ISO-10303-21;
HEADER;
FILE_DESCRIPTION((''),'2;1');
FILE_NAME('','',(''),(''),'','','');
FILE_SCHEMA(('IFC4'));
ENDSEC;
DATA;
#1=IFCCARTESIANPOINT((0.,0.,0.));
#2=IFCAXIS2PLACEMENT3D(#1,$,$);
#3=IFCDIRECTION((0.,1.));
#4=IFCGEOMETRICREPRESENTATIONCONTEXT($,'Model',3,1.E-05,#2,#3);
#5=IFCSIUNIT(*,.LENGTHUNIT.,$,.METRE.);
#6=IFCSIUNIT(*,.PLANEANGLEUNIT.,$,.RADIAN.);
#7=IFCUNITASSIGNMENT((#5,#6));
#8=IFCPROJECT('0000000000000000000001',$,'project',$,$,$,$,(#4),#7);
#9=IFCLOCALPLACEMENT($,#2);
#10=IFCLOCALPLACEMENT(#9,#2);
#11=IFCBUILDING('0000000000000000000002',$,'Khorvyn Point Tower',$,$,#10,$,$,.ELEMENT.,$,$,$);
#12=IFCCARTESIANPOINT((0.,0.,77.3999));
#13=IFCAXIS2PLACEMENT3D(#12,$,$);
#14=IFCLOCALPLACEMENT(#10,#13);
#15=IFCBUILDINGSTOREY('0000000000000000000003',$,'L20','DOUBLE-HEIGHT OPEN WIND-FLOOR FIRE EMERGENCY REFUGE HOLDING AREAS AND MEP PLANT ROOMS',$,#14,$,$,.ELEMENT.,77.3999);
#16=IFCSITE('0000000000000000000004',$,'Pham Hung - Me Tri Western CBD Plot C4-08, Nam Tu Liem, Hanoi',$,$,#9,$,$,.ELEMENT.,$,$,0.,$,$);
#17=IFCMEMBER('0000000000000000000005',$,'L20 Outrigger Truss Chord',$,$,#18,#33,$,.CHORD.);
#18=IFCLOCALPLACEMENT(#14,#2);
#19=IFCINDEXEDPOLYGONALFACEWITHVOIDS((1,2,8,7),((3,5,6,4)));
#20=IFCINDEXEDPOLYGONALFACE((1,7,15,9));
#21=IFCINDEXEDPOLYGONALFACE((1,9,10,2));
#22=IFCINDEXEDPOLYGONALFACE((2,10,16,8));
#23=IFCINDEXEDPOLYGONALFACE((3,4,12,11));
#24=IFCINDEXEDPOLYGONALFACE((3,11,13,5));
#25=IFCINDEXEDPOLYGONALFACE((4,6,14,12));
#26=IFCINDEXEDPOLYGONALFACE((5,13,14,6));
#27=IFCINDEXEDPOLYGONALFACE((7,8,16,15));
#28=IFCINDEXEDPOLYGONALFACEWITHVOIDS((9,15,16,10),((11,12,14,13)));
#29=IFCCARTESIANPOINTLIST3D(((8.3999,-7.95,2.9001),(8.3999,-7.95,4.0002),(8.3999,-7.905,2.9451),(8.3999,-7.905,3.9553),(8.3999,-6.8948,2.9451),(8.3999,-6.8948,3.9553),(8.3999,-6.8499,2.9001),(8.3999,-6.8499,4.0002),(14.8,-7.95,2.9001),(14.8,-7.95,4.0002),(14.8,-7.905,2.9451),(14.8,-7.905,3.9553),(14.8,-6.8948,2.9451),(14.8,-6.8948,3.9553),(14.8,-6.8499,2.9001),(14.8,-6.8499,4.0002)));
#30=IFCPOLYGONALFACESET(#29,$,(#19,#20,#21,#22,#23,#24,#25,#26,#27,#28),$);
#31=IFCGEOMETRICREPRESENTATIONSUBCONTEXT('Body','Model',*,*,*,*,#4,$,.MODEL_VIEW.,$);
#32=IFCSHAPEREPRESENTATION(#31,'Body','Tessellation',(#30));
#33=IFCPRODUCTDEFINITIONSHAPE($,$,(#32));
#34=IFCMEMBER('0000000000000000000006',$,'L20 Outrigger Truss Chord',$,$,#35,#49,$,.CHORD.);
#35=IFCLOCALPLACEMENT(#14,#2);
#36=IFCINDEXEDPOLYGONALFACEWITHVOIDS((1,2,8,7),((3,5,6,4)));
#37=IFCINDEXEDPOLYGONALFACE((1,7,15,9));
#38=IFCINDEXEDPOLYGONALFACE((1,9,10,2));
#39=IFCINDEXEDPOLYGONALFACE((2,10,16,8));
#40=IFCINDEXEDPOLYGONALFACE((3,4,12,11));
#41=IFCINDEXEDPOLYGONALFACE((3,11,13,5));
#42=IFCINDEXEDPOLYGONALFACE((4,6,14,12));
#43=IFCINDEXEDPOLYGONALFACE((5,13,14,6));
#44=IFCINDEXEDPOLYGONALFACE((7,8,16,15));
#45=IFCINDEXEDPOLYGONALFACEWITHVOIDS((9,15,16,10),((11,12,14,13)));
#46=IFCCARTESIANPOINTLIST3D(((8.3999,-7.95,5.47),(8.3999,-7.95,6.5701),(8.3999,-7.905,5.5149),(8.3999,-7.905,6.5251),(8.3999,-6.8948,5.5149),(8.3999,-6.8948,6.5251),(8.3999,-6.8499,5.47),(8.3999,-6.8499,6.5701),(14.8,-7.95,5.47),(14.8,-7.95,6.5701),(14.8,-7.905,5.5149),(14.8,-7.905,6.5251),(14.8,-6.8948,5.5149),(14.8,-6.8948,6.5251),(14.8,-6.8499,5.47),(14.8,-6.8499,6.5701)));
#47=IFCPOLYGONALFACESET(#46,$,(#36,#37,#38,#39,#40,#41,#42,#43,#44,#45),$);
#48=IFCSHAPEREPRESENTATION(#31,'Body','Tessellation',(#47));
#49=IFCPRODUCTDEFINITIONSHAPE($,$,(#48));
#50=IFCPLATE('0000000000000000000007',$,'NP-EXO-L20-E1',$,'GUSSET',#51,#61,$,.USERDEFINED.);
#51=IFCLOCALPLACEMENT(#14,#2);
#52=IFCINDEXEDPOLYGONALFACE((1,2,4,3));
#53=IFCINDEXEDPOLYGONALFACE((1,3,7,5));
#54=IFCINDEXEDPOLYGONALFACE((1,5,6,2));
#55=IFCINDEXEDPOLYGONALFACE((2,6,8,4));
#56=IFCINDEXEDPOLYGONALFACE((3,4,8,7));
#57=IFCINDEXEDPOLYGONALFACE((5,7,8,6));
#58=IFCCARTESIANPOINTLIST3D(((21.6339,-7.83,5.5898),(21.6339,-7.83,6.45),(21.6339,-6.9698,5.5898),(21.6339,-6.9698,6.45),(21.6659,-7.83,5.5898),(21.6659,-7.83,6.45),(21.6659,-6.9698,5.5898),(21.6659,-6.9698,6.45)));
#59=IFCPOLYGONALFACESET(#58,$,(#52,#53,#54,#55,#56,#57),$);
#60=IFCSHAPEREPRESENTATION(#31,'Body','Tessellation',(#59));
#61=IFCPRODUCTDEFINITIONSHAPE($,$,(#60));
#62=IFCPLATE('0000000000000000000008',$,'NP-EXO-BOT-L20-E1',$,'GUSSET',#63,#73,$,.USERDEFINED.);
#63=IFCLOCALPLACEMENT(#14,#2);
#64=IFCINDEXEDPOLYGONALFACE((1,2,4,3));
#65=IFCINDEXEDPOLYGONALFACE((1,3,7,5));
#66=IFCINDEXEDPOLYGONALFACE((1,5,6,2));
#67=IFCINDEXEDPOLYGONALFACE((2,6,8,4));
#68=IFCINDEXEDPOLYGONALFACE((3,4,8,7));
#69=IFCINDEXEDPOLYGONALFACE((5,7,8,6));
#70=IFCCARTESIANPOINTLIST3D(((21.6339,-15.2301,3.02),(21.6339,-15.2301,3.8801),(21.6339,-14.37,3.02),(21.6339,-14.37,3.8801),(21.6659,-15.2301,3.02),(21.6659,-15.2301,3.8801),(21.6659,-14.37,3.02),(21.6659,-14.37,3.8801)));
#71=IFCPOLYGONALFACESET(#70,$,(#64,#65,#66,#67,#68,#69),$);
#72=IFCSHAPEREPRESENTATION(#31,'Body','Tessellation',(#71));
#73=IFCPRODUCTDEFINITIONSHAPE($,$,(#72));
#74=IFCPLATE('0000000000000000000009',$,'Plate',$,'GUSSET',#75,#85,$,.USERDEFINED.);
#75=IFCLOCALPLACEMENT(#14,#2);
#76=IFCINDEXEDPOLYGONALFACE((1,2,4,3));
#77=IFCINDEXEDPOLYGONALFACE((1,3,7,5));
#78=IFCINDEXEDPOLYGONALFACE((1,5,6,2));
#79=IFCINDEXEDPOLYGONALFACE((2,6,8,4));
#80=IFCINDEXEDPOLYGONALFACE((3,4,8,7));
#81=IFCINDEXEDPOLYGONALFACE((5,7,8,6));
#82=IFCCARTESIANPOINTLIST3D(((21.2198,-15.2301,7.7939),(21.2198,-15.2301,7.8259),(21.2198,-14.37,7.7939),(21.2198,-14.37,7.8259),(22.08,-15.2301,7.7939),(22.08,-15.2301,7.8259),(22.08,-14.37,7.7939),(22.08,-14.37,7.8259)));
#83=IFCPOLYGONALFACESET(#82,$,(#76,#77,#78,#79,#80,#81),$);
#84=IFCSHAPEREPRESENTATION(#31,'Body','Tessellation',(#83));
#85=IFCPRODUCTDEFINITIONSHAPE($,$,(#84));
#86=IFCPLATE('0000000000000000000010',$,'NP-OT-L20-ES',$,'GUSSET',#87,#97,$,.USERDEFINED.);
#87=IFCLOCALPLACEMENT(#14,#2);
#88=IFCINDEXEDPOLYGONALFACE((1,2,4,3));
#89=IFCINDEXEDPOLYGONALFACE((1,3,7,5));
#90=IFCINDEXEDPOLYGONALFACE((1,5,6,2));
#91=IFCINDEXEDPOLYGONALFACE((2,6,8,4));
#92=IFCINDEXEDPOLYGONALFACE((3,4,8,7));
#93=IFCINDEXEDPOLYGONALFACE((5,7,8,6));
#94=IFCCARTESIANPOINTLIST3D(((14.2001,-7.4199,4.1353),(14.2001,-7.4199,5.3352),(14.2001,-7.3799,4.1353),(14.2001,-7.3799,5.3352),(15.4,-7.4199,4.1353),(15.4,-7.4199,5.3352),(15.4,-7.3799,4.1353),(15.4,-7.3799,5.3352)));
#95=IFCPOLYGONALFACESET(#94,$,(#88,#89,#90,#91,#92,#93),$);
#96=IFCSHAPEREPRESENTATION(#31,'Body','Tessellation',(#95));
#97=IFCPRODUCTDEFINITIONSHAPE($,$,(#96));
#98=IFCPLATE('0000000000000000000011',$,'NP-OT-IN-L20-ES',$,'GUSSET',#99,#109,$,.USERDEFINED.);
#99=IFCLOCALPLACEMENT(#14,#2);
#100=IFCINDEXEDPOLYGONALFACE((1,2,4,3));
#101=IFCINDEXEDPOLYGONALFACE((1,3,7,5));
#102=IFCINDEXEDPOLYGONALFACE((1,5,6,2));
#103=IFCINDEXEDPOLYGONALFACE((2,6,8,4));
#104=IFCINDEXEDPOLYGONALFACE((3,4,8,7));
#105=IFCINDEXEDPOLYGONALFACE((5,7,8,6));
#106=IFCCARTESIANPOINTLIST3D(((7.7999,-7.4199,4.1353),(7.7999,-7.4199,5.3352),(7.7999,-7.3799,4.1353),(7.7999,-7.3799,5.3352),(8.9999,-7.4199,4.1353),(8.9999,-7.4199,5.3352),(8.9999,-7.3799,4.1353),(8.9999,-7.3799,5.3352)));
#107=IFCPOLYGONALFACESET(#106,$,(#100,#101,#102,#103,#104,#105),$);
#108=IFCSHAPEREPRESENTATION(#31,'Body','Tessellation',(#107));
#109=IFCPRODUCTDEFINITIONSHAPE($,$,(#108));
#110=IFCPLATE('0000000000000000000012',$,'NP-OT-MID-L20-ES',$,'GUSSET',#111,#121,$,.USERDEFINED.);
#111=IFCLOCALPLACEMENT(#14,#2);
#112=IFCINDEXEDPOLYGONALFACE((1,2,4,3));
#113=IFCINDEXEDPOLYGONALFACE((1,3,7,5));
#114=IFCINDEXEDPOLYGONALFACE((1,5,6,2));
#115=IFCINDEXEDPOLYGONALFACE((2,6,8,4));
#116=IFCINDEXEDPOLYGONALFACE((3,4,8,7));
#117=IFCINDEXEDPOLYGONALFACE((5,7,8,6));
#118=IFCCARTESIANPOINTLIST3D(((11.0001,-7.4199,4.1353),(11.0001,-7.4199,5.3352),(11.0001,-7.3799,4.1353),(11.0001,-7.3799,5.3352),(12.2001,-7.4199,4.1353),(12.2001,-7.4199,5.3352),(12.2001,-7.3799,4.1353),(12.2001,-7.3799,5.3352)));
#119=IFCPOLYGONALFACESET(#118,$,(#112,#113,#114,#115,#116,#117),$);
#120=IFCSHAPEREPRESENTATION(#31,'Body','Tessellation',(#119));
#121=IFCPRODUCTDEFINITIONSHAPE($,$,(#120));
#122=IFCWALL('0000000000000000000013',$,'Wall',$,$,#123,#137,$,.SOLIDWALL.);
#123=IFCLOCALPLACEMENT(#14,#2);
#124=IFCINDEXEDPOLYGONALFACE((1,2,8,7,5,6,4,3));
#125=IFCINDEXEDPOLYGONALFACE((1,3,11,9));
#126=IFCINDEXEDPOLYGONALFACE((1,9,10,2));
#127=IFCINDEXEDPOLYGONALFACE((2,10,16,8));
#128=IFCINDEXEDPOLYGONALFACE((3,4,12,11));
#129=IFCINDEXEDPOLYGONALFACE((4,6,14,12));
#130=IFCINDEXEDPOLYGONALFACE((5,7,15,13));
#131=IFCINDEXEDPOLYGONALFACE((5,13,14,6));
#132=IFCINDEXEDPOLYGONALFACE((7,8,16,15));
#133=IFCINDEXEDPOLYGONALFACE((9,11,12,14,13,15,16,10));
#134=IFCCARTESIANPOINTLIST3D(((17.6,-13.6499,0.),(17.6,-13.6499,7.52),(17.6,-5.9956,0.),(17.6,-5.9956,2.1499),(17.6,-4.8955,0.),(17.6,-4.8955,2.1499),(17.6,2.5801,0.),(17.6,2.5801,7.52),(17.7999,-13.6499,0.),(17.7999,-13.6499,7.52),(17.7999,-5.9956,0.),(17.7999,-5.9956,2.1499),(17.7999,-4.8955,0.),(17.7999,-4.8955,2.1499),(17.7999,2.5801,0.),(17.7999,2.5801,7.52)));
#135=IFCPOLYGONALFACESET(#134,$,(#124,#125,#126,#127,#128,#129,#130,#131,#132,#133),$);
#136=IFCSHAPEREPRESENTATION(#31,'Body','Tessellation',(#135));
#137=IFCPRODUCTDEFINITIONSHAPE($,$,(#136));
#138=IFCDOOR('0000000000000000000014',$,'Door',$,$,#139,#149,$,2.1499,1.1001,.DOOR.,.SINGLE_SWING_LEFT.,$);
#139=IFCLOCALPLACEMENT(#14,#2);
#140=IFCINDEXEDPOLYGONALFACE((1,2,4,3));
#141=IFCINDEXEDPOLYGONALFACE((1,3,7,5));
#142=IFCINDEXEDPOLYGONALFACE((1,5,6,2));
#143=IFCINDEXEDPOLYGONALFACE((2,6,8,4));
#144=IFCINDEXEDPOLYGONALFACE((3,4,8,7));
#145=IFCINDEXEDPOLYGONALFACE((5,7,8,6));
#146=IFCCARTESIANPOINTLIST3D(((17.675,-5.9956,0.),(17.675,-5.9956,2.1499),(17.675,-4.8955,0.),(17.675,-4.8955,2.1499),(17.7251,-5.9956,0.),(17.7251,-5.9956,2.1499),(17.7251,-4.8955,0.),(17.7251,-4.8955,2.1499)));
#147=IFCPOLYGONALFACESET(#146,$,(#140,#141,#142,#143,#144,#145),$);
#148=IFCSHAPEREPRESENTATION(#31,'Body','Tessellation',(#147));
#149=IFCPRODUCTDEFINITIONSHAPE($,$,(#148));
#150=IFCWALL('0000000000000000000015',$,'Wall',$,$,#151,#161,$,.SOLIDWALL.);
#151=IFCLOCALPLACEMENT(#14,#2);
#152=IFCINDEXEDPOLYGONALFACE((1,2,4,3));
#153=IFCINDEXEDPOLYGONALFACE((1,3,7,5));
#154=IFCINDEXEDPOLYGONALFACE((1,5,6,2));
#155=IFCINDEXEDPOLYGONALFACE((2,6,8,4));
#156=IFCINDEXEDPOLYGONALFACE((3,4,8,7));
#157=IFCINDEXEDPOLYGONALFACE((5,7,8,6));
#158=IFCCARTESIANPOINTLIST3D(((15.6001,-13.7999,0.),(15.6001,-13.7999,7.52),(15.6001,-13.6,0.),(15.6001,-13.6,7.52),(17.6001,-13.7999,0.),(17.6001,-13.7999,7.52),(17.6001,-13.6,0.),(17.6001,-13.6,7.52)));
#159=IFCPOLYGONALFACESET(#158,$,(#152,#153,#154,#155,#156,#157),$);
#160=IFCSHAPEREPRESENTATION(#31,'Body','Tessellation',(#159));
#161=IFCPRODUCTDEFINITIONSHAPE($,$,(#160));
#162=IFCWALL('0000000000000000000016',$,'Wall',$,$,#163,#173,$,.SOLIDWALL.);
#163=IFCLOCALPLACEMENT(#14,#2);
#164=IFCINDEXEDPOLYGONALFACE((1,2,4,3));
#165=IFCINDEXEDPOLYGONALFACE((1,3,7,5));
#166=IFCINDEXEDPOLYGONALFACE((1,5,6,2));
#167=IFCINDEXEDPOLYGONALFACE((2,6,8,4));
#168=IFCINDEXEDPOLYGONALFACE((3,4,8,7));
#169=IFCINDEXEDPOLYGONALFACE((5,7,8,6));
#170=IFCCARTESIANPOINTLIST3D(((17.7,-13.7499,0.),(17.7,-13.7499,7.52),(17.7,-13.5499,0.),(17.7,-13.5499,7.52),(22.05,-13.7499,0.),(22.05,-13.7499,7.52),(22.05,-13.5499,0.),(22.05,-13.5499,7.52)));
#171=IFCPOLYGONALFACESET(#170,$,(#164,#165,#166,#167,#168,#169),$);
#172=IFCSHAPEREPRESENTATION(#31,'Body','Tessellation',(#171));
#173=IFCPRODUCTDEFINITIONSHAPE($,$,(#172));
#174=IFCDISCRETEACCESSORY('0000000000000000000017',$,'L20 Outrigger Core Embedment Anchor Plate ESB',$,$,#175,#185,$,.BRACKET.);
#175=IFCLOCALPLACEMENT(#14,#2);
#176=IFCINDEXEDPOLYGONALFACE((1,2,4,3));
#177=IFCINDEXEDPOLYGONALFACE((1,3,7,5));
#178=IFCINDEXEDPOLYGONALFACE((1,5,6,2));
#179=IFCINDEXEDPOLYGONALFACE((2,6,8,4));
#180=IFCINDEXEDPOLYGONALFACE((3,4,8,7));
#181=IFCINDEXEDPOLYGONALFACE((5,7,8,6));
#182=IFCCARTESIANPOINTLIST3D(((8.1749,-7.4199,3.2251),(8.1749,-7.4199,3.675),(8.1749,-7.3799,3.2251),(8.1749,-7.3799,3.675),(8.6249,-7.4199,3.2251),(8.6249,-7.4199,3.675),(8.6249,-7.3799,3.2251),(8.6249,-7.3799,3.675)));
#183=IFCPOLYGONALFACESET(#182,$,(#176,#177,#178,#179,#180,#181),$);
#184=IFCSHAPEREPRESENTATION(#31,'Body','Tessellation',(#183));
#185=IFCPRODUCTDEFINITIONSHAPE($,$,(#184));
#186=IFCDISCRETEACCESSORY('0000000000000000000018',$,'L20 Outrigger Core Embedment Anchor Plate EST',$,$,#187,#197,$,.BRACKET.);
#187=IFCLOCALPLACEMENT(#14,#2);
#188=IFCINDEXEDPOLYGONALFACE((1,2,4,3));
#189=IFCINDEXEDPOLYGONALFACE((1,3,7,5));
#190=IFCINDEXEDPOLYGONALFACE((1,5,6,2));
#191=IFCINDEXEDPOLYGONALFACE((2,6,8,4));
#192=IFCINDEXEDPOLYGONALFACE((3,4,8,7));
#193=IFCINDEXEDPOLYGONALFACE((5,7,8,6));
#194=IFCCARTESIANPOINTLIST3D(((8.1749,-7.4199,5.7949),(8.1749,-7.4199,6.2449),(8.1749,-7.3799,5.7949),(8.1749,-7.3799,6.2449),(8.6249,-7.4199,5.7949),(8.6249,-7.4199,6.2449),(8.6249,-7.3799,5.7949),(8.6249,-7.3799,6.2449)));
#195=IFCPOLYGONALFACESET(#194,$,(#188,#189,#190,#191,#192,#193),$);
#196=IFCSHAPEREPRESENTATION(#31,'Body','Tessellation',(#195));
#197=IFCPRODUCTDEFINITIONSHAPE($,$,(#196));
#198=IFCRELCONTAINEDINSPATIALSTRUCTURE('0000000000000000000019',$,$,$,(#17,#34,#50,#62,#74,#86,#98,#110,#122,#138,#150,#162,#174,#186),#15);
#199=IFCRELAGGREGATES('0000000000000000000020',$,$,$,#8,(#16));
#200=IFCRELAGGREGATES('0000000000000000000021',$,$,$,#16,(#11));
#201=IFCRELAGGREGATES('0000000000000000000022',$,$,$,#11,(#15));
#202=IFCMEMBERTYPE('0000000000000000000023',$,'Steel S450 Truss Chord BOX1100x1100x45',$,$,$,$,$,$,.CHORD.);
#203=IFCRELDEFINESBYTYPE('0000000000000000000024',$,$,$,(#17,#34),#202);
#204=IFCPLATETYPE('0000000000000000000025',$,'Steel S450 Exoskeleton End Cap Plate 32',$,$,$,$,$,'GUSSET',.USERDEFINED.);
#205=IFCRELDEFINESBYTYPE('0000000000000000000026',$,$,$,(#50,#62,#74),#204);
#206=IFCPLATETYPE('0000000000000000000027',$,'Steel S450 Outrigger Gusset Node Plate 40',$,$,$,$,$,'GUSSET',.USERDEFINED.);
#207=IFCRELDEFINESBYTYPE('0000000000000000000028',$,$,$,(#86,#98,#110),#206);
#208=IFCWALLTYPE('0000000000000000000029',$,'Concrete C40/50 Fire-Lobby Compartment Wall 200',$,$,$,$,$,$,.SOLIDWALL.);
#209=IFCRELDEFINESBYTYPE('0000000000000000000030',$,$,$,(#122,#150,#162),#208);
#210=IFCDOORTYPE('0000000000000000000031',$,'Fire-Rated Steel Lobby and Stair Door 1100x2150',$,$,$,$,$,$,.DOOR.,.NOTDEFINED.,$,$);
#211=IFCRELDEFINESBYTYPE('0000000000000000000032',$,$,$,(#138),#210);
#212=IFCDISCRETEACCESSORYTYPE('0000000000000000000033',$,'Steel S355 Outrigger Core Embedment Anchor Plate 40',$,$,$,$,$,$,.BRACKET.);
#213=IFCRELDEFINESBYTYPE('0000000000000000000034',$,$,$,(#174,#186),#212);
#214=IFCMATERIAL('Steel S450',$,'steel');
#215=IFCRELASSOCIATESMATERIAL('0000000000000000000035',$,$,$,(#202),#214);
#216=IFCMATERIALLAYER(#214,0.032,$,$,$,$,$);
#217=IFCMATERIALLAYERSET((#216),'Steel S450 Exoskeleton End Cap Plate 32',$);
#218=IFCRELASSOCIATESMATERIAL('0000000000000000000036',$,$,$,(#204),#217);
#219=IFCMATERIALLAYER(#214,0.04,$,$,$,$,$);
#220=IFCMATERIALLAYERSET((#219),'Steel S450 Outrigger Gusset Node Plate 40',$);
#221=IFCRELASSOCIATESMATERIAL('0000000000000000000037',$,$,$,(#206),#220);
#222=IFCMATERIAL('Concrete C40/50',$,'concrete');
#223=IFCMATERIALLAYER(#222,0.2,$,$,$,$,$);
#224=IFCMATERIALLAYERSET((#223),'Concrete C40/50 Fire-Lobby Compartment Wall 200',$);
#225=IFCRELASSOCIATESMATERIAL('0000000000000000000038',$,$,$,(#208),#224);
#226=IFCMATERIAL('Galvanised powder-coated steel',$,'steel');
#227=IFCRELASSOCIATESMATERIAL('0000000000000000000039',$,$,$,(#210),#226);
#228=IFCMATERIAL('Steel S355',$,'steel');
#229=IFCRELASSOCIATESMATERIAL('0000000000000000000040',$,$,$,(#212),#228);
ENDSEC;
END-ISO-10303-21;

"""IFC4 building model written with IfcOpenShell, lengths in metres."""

from ifc_helpers import new_model, si_unit, direction, frame, frame_2d, origin, origin_2d, place, context, subcontext, project, spatial, rectangle, hollow_rectangle, extrude, material, layer, layer_set, material_profile, profile_set, type_object, element, fill, save


model = new_model("IFC4")

# Units and contexts
model_context = context("Model", 3, precision=1e-05, world=origin(), true_north=direction((0.0, 1.0)))
body_context = subcontext(model_context, "Body", "Model", "MODEL_VIEW")
ifc_project = project(units=[si_unit("LENGTHUNIT", "METRE"), si_unit("PLANEANGLEUNIT", "RADIAN")], contexts=[model_context])

# Site, building, storey
site_placement = place(None, origin())
site = spatial("IfcSite", under=ifc_project, at=site_placement, Name="Pham Hung - Me Tri Western CBD Plot C4-08, Nam Tu Liem, Hanoi", CompositionType="ELEMENT", RefElevation=0.0)
building_placement = place(site_placement, origin())
building = spatial("IfcBuilding", under=site, at=building_placement, Name="Khorvyn Point Tower", CompositionType="ELEMENT")
storey_placement = place(building_placement, frame((0.0, 0.0, 77.3999)))
storey = spatial("IfcBuildingStorey", under=building, at=storey_placement, Name="L20", Description="DOUBLE-HEIGHT OPEN WIND-FLOOR FIRE EMERGENCY REFUGE HOLDING AREAS AND MEP PLANT ROOMS", CompositionType="ELEMENT", Elevation=77.3999)

# Shared definitions
ifc_material_1 = material(Name="Steel S450", Category="steel")

# Shared definitions
ifc_material_2 = material(Name="Steel S355", Category="steel")

# Members
ifc_material_profile_1 = material_profile(ifc_material_1, hollow_rectangle(XDim=1.1001, YDim=1.1001, WallThickness=0.0449, at=origin_2d()))
ifc_profile_set_1 = profile_set([ifc_material_profile_1], Name="Steel S450 BOX1100x1100x45")
member_type_1 = type_object("IfcMemberType", Name="Steel S450 Truss Chord BOX1100x1100x45", PredefinedType="CHORD", material=ifc_profile_set_1)
for number, where, z_axis, x_axis, name in (
    (1, (8.3999, -7.3999, 3.4502), (1.0, 0.0, 0.0), (0.0, 1.0, 0.0), "L20 Outrigger Truss Chord"),
    (2, (8.3999, -7.3999, 6.02), (1.0, 0.0, 0.0), (0.0, 1.0, 0.0), "L20 Outrigger Truss Chord"),
):
    element("IfcMember", number, at=place(storey_placement, frame(where, z_axis=z_axis, x_axis=x_axis)), inside=storey, type_object=member_type_1, Name=name, PredefinedType="CHORD", context=body_context, shape_type="SweptSolid", body=[
        extrude(hollow_rectangle(XDim=1.1001, YDim=1.1001, WallThickness=0.0449, at=origin_2d()), origin(), (0.0, 0.0, 1.0), 6.4001),
    ])

# Plates
ifc_layer_1 = layer(ifc_material_1, 0.032)
ifc_layer_set_1 = layer_set([ifc_layer_1], Name="Steel S450 Exoskeleton End Cap Plate 32")
plate_type_1 = type_object("IfcPlateType", Name="Steel S450 Exoskeleton End Cap Plate 32", ElementType="GUSSET", PredefinedType="USERDEFINED", material=ifc_layer_set_1)
for number, where, z_axis, x_axis, name in (
    (3, (21.6499, -7.3999, 5.5898), (0.0, 0.0, 1.0), (1.0, 0.0, 0.0), "NP-EXO-L20-E1"),
    (4, (21.6499, -14.8, 3.02), (0.0, 0.0, 1.0), (1.0, 0.0, 0.0), "NP-EXO-BOT-L20-E1"),
):
    element("IfcPlate", number, at=place(storey_placement, frame(where, z_axis=z_axis, x_axis=x_axis)), inside=storey, type_object=plate_type_1, Name=name, ObjectType="GUSSET", PredefinedType="USERDEFINED", context=body_context, shape_type="SweptSolid", body=[
        extrude(rectangle(XDim=0.032, YDim=0.8601, at=origin_2d()), origin(), (0.0, 0.0, 1.0), 0.8601),
    ])
plate_placement = place(storey_placement, frame((21.6499, -14.8, 7.7939), z_axis=(0.0, 0.0, 1.0), x_axis=(1.0, 0.0, 0.0)))
element("IfcPlate", 5, at=plate_placement, inside=storey, type_object=plate_type_1, Name="Plate", ObjectType="GUSSET", PredefinedType="USERDEFINED", context=body_context, shape_type="SweptSolid", body=[
    extrude(rectangle(XDim=0.8601, YDim=0.8601, at=origin_2d()), origin(), (0.0, 0.0, 1.0), 0.032),
])
ifc_layer_2 = layer(ifc_material_1, 0.04)
ifc_layer_set_2 = layer_set([ifc_layer_2], Name="Steel S450 Outrigger Gusset Node Plate 40")
plate_type_2 = type_object("IfcPlateType", Name="Steel S450 Outrigger Gusset Node Plate 40", ElementType="GUSSET", PredefinedType="USERDEFINED", material=ifc_layer_set_2)
for number, where, z_axis, x_axis, name in (
    (6, (14.8, -7.3999, 4.1353), (0.0, 0.0, 1.0), (1.0, 0.0, 0.0), "NP-OT-L20-ES"),
    (7, (8.3999, -7.3999, 4.1353), (0.0, 0.0, 1.0), (1.0, 0.0, 0.0), "NP-OT-IN-L20-ES"),
    (8, (11.6001, -7.3999, 4.1353), (0.0, 0.0, 1.0), (1.0, 0.0, 0.0), "NP-OT-MID-L20-ES"),
):
    element("IfcPlate", number, at=place(storey_placement, frame(where, z_axis=z_axis, x_axis=x_axis)), inside=storey, type_object=plate_type_2, Name=name, ObjectType="GUSSET", PredefinedType="USERDEFINED", context=body_context, shape_type="SweptSolid", body=[
        extrude(rectangle(XDim=1.2, YDim=0.04, at=origin_2d()), origin(), (0.0, 0.0, 1.0), 1.2),
    ])

# Wall, opening, door
ifc_material_3 = material(Name="Concrete C40/50", Category="concrete")
ifc_layer_3 = layer(ifc_material_3, 0.2)
ifc_layer_set_3 = layer_set([ifc_layer_3], Name="Concrete C40/50 Fire-Lobby Compartment Wall 200")
wall_type = type_object("IfcWallType", Name="Concrete C40/50 Fire-Lobby Compartment Wall 200", PredefinedType="SOLIDWALL", material=ifc_layer_set_3)
wall_1_placement = place(storey_placement, frame((17.7, -13.6499, 0.0), z_axis=(0.0, 0.0, 1.0), x_axis=(0.0, 1.0, 0.0)))
wall_1 = element("IfcWall", 9, at=wall_1_placement, inside=storey, type_object=wall_type, Name="Wall", PredefinedType="SOLIDWALL", context=body_context, shape_type="SweptSolid", body=[
    extrude(rectangle(XDim=16.23, YDim=0.2, at=frame_2d((8.115, 0.0))), origin(), (0.0, 0.0, 1.0), 7.52),
])
opening_placement = place(wall_1_placement, frame((7.6543, 0.0, 0.0)))
opening = element("IfcOpeningElement", 10, at=opening_placement, cuts=wall_1, PredefinedType="OPENING", context=body_context, shape_type="SweptSolid", body=[
    extrude(rectangle(XDim=1.1001, YDim=2.1499, at=frame_2d((0.55, 1.075))), frame((0.0, 0.1099, 0.0), z_axis=(0.0, -1.0, 0.0), x_axis=(1.0, 0.0, 0.0)), (0.0, 0.0, 1.0), 0.22),
])
ifc_material_4 = material(Name="Galvanised powder-coated steel", Category="steel")
door_type = type_object("IfcDoorType", Name="Fire-Rated Steel Lobby and Stair Door 1100x2150", OperationType="NOTDEFINED", PredefinedType="DOOR", material=ifc_material_4)
door_placement = place(opening_placement, origin())
door = element("IfcDoor", 11, at=door_placement, inside=storey, type_object=door_type, Name="Door", OperationType="SINGLE_SWING_LEFT", OverallHeight=2.1499, OverallWidth=1.1001, PredefinedType="DOOR", context=body_context, shape_type="SweptSolid", body=[
    extrude(rectangle(XDim=1.1001, YDim=2.1499, at=frame_2d((0.55, 1.075))), frame((0.0, 0.0249, 0.0), z_axis=(0.0, -1.0, 0.0), x_axis=(1.0, 0.0, 0.0)), (0.0, 0.0, 1.0), 0.05),
])
fill(opening, door)

# Walls
wall_2_placement = place(storey_placement, frame((15.6001, -13.7, 0.0), z_axis=(0.0, 0.0, 1.0), x_axis=(1.0, 0.0, 0.0)))
element("IfcWall", 12, at=wall_2_placement, inside=storey, type_object=wall_type, Name="Wall", PredefinedType="SOLIDWALL", context=body_context, shape_type="SweptSolid", body=[
    extrude(rectangle(XDim=2.0, YDim=0.2, at=frame_2d((1.0, 0.0))), origin(), (0.0, 0.0, 1.0), 7.52),
])
wall_3_placement = place(storey_placement, frame((17.7, -13.6499, 0.0), z_axis=(0.0, 0.0, 1.0), x_axis=(1.0, 0.0, 0.0)))
element("IfcWall", 13, at=wall_3_placement, inside=storey, type_object=wall_type, Name="Wall", PredefinedType="SOLIDWALL", context=body_context, shape_type="SweptSolid", body=[
    extrude(rectangle(XDim=4.3501, YDim=0.2, at=frame_2d((2.175, 0.0))), origin(), (0.0, 0.0, 1.0), 7.52),
])

# Discrete accessories
discrete_accessory_type = type_object("IfcDiscreteAccessoryType", Name="Steel S355 Outrigger Core Embedment Anchor Plate 40", PredefinedType="BRACKET", material=ifc_material_2)
for number, where, z_axis, x_axis, name in (
    (14, (8.3999, -7.3999, 3.2251), (0.0, 0.0, 1.0), (1.0, 0.0, 0.0), "L20 Outrigger Core Embedment Anchor Plate ESB"),
    (15, (8.3999, -7.3999, 5.7949), (0.0, 0.0, 1.0), (1.0, 0.0, 0.0), "L20 Outrigger Core Embedment Anchor Plate EST"),
):
    element("IfcDiscreteAccessory", number, at=place(storey_placement, frame(where, z_axis=z_axis, x_axis=x_axis)), inside=storey, type_object=discrete_accessory_type, Name=name, PredefinedType="BRACKET", context=body_context, shape_type="SweptSolid", body=[
        extrude(rectangle(XDim=0.45, YDim=0.04, at=origin_2d()), origin(), (0.0, 0.0, 1.0), 0.45),
    ])

save(model, "model.ifc")
